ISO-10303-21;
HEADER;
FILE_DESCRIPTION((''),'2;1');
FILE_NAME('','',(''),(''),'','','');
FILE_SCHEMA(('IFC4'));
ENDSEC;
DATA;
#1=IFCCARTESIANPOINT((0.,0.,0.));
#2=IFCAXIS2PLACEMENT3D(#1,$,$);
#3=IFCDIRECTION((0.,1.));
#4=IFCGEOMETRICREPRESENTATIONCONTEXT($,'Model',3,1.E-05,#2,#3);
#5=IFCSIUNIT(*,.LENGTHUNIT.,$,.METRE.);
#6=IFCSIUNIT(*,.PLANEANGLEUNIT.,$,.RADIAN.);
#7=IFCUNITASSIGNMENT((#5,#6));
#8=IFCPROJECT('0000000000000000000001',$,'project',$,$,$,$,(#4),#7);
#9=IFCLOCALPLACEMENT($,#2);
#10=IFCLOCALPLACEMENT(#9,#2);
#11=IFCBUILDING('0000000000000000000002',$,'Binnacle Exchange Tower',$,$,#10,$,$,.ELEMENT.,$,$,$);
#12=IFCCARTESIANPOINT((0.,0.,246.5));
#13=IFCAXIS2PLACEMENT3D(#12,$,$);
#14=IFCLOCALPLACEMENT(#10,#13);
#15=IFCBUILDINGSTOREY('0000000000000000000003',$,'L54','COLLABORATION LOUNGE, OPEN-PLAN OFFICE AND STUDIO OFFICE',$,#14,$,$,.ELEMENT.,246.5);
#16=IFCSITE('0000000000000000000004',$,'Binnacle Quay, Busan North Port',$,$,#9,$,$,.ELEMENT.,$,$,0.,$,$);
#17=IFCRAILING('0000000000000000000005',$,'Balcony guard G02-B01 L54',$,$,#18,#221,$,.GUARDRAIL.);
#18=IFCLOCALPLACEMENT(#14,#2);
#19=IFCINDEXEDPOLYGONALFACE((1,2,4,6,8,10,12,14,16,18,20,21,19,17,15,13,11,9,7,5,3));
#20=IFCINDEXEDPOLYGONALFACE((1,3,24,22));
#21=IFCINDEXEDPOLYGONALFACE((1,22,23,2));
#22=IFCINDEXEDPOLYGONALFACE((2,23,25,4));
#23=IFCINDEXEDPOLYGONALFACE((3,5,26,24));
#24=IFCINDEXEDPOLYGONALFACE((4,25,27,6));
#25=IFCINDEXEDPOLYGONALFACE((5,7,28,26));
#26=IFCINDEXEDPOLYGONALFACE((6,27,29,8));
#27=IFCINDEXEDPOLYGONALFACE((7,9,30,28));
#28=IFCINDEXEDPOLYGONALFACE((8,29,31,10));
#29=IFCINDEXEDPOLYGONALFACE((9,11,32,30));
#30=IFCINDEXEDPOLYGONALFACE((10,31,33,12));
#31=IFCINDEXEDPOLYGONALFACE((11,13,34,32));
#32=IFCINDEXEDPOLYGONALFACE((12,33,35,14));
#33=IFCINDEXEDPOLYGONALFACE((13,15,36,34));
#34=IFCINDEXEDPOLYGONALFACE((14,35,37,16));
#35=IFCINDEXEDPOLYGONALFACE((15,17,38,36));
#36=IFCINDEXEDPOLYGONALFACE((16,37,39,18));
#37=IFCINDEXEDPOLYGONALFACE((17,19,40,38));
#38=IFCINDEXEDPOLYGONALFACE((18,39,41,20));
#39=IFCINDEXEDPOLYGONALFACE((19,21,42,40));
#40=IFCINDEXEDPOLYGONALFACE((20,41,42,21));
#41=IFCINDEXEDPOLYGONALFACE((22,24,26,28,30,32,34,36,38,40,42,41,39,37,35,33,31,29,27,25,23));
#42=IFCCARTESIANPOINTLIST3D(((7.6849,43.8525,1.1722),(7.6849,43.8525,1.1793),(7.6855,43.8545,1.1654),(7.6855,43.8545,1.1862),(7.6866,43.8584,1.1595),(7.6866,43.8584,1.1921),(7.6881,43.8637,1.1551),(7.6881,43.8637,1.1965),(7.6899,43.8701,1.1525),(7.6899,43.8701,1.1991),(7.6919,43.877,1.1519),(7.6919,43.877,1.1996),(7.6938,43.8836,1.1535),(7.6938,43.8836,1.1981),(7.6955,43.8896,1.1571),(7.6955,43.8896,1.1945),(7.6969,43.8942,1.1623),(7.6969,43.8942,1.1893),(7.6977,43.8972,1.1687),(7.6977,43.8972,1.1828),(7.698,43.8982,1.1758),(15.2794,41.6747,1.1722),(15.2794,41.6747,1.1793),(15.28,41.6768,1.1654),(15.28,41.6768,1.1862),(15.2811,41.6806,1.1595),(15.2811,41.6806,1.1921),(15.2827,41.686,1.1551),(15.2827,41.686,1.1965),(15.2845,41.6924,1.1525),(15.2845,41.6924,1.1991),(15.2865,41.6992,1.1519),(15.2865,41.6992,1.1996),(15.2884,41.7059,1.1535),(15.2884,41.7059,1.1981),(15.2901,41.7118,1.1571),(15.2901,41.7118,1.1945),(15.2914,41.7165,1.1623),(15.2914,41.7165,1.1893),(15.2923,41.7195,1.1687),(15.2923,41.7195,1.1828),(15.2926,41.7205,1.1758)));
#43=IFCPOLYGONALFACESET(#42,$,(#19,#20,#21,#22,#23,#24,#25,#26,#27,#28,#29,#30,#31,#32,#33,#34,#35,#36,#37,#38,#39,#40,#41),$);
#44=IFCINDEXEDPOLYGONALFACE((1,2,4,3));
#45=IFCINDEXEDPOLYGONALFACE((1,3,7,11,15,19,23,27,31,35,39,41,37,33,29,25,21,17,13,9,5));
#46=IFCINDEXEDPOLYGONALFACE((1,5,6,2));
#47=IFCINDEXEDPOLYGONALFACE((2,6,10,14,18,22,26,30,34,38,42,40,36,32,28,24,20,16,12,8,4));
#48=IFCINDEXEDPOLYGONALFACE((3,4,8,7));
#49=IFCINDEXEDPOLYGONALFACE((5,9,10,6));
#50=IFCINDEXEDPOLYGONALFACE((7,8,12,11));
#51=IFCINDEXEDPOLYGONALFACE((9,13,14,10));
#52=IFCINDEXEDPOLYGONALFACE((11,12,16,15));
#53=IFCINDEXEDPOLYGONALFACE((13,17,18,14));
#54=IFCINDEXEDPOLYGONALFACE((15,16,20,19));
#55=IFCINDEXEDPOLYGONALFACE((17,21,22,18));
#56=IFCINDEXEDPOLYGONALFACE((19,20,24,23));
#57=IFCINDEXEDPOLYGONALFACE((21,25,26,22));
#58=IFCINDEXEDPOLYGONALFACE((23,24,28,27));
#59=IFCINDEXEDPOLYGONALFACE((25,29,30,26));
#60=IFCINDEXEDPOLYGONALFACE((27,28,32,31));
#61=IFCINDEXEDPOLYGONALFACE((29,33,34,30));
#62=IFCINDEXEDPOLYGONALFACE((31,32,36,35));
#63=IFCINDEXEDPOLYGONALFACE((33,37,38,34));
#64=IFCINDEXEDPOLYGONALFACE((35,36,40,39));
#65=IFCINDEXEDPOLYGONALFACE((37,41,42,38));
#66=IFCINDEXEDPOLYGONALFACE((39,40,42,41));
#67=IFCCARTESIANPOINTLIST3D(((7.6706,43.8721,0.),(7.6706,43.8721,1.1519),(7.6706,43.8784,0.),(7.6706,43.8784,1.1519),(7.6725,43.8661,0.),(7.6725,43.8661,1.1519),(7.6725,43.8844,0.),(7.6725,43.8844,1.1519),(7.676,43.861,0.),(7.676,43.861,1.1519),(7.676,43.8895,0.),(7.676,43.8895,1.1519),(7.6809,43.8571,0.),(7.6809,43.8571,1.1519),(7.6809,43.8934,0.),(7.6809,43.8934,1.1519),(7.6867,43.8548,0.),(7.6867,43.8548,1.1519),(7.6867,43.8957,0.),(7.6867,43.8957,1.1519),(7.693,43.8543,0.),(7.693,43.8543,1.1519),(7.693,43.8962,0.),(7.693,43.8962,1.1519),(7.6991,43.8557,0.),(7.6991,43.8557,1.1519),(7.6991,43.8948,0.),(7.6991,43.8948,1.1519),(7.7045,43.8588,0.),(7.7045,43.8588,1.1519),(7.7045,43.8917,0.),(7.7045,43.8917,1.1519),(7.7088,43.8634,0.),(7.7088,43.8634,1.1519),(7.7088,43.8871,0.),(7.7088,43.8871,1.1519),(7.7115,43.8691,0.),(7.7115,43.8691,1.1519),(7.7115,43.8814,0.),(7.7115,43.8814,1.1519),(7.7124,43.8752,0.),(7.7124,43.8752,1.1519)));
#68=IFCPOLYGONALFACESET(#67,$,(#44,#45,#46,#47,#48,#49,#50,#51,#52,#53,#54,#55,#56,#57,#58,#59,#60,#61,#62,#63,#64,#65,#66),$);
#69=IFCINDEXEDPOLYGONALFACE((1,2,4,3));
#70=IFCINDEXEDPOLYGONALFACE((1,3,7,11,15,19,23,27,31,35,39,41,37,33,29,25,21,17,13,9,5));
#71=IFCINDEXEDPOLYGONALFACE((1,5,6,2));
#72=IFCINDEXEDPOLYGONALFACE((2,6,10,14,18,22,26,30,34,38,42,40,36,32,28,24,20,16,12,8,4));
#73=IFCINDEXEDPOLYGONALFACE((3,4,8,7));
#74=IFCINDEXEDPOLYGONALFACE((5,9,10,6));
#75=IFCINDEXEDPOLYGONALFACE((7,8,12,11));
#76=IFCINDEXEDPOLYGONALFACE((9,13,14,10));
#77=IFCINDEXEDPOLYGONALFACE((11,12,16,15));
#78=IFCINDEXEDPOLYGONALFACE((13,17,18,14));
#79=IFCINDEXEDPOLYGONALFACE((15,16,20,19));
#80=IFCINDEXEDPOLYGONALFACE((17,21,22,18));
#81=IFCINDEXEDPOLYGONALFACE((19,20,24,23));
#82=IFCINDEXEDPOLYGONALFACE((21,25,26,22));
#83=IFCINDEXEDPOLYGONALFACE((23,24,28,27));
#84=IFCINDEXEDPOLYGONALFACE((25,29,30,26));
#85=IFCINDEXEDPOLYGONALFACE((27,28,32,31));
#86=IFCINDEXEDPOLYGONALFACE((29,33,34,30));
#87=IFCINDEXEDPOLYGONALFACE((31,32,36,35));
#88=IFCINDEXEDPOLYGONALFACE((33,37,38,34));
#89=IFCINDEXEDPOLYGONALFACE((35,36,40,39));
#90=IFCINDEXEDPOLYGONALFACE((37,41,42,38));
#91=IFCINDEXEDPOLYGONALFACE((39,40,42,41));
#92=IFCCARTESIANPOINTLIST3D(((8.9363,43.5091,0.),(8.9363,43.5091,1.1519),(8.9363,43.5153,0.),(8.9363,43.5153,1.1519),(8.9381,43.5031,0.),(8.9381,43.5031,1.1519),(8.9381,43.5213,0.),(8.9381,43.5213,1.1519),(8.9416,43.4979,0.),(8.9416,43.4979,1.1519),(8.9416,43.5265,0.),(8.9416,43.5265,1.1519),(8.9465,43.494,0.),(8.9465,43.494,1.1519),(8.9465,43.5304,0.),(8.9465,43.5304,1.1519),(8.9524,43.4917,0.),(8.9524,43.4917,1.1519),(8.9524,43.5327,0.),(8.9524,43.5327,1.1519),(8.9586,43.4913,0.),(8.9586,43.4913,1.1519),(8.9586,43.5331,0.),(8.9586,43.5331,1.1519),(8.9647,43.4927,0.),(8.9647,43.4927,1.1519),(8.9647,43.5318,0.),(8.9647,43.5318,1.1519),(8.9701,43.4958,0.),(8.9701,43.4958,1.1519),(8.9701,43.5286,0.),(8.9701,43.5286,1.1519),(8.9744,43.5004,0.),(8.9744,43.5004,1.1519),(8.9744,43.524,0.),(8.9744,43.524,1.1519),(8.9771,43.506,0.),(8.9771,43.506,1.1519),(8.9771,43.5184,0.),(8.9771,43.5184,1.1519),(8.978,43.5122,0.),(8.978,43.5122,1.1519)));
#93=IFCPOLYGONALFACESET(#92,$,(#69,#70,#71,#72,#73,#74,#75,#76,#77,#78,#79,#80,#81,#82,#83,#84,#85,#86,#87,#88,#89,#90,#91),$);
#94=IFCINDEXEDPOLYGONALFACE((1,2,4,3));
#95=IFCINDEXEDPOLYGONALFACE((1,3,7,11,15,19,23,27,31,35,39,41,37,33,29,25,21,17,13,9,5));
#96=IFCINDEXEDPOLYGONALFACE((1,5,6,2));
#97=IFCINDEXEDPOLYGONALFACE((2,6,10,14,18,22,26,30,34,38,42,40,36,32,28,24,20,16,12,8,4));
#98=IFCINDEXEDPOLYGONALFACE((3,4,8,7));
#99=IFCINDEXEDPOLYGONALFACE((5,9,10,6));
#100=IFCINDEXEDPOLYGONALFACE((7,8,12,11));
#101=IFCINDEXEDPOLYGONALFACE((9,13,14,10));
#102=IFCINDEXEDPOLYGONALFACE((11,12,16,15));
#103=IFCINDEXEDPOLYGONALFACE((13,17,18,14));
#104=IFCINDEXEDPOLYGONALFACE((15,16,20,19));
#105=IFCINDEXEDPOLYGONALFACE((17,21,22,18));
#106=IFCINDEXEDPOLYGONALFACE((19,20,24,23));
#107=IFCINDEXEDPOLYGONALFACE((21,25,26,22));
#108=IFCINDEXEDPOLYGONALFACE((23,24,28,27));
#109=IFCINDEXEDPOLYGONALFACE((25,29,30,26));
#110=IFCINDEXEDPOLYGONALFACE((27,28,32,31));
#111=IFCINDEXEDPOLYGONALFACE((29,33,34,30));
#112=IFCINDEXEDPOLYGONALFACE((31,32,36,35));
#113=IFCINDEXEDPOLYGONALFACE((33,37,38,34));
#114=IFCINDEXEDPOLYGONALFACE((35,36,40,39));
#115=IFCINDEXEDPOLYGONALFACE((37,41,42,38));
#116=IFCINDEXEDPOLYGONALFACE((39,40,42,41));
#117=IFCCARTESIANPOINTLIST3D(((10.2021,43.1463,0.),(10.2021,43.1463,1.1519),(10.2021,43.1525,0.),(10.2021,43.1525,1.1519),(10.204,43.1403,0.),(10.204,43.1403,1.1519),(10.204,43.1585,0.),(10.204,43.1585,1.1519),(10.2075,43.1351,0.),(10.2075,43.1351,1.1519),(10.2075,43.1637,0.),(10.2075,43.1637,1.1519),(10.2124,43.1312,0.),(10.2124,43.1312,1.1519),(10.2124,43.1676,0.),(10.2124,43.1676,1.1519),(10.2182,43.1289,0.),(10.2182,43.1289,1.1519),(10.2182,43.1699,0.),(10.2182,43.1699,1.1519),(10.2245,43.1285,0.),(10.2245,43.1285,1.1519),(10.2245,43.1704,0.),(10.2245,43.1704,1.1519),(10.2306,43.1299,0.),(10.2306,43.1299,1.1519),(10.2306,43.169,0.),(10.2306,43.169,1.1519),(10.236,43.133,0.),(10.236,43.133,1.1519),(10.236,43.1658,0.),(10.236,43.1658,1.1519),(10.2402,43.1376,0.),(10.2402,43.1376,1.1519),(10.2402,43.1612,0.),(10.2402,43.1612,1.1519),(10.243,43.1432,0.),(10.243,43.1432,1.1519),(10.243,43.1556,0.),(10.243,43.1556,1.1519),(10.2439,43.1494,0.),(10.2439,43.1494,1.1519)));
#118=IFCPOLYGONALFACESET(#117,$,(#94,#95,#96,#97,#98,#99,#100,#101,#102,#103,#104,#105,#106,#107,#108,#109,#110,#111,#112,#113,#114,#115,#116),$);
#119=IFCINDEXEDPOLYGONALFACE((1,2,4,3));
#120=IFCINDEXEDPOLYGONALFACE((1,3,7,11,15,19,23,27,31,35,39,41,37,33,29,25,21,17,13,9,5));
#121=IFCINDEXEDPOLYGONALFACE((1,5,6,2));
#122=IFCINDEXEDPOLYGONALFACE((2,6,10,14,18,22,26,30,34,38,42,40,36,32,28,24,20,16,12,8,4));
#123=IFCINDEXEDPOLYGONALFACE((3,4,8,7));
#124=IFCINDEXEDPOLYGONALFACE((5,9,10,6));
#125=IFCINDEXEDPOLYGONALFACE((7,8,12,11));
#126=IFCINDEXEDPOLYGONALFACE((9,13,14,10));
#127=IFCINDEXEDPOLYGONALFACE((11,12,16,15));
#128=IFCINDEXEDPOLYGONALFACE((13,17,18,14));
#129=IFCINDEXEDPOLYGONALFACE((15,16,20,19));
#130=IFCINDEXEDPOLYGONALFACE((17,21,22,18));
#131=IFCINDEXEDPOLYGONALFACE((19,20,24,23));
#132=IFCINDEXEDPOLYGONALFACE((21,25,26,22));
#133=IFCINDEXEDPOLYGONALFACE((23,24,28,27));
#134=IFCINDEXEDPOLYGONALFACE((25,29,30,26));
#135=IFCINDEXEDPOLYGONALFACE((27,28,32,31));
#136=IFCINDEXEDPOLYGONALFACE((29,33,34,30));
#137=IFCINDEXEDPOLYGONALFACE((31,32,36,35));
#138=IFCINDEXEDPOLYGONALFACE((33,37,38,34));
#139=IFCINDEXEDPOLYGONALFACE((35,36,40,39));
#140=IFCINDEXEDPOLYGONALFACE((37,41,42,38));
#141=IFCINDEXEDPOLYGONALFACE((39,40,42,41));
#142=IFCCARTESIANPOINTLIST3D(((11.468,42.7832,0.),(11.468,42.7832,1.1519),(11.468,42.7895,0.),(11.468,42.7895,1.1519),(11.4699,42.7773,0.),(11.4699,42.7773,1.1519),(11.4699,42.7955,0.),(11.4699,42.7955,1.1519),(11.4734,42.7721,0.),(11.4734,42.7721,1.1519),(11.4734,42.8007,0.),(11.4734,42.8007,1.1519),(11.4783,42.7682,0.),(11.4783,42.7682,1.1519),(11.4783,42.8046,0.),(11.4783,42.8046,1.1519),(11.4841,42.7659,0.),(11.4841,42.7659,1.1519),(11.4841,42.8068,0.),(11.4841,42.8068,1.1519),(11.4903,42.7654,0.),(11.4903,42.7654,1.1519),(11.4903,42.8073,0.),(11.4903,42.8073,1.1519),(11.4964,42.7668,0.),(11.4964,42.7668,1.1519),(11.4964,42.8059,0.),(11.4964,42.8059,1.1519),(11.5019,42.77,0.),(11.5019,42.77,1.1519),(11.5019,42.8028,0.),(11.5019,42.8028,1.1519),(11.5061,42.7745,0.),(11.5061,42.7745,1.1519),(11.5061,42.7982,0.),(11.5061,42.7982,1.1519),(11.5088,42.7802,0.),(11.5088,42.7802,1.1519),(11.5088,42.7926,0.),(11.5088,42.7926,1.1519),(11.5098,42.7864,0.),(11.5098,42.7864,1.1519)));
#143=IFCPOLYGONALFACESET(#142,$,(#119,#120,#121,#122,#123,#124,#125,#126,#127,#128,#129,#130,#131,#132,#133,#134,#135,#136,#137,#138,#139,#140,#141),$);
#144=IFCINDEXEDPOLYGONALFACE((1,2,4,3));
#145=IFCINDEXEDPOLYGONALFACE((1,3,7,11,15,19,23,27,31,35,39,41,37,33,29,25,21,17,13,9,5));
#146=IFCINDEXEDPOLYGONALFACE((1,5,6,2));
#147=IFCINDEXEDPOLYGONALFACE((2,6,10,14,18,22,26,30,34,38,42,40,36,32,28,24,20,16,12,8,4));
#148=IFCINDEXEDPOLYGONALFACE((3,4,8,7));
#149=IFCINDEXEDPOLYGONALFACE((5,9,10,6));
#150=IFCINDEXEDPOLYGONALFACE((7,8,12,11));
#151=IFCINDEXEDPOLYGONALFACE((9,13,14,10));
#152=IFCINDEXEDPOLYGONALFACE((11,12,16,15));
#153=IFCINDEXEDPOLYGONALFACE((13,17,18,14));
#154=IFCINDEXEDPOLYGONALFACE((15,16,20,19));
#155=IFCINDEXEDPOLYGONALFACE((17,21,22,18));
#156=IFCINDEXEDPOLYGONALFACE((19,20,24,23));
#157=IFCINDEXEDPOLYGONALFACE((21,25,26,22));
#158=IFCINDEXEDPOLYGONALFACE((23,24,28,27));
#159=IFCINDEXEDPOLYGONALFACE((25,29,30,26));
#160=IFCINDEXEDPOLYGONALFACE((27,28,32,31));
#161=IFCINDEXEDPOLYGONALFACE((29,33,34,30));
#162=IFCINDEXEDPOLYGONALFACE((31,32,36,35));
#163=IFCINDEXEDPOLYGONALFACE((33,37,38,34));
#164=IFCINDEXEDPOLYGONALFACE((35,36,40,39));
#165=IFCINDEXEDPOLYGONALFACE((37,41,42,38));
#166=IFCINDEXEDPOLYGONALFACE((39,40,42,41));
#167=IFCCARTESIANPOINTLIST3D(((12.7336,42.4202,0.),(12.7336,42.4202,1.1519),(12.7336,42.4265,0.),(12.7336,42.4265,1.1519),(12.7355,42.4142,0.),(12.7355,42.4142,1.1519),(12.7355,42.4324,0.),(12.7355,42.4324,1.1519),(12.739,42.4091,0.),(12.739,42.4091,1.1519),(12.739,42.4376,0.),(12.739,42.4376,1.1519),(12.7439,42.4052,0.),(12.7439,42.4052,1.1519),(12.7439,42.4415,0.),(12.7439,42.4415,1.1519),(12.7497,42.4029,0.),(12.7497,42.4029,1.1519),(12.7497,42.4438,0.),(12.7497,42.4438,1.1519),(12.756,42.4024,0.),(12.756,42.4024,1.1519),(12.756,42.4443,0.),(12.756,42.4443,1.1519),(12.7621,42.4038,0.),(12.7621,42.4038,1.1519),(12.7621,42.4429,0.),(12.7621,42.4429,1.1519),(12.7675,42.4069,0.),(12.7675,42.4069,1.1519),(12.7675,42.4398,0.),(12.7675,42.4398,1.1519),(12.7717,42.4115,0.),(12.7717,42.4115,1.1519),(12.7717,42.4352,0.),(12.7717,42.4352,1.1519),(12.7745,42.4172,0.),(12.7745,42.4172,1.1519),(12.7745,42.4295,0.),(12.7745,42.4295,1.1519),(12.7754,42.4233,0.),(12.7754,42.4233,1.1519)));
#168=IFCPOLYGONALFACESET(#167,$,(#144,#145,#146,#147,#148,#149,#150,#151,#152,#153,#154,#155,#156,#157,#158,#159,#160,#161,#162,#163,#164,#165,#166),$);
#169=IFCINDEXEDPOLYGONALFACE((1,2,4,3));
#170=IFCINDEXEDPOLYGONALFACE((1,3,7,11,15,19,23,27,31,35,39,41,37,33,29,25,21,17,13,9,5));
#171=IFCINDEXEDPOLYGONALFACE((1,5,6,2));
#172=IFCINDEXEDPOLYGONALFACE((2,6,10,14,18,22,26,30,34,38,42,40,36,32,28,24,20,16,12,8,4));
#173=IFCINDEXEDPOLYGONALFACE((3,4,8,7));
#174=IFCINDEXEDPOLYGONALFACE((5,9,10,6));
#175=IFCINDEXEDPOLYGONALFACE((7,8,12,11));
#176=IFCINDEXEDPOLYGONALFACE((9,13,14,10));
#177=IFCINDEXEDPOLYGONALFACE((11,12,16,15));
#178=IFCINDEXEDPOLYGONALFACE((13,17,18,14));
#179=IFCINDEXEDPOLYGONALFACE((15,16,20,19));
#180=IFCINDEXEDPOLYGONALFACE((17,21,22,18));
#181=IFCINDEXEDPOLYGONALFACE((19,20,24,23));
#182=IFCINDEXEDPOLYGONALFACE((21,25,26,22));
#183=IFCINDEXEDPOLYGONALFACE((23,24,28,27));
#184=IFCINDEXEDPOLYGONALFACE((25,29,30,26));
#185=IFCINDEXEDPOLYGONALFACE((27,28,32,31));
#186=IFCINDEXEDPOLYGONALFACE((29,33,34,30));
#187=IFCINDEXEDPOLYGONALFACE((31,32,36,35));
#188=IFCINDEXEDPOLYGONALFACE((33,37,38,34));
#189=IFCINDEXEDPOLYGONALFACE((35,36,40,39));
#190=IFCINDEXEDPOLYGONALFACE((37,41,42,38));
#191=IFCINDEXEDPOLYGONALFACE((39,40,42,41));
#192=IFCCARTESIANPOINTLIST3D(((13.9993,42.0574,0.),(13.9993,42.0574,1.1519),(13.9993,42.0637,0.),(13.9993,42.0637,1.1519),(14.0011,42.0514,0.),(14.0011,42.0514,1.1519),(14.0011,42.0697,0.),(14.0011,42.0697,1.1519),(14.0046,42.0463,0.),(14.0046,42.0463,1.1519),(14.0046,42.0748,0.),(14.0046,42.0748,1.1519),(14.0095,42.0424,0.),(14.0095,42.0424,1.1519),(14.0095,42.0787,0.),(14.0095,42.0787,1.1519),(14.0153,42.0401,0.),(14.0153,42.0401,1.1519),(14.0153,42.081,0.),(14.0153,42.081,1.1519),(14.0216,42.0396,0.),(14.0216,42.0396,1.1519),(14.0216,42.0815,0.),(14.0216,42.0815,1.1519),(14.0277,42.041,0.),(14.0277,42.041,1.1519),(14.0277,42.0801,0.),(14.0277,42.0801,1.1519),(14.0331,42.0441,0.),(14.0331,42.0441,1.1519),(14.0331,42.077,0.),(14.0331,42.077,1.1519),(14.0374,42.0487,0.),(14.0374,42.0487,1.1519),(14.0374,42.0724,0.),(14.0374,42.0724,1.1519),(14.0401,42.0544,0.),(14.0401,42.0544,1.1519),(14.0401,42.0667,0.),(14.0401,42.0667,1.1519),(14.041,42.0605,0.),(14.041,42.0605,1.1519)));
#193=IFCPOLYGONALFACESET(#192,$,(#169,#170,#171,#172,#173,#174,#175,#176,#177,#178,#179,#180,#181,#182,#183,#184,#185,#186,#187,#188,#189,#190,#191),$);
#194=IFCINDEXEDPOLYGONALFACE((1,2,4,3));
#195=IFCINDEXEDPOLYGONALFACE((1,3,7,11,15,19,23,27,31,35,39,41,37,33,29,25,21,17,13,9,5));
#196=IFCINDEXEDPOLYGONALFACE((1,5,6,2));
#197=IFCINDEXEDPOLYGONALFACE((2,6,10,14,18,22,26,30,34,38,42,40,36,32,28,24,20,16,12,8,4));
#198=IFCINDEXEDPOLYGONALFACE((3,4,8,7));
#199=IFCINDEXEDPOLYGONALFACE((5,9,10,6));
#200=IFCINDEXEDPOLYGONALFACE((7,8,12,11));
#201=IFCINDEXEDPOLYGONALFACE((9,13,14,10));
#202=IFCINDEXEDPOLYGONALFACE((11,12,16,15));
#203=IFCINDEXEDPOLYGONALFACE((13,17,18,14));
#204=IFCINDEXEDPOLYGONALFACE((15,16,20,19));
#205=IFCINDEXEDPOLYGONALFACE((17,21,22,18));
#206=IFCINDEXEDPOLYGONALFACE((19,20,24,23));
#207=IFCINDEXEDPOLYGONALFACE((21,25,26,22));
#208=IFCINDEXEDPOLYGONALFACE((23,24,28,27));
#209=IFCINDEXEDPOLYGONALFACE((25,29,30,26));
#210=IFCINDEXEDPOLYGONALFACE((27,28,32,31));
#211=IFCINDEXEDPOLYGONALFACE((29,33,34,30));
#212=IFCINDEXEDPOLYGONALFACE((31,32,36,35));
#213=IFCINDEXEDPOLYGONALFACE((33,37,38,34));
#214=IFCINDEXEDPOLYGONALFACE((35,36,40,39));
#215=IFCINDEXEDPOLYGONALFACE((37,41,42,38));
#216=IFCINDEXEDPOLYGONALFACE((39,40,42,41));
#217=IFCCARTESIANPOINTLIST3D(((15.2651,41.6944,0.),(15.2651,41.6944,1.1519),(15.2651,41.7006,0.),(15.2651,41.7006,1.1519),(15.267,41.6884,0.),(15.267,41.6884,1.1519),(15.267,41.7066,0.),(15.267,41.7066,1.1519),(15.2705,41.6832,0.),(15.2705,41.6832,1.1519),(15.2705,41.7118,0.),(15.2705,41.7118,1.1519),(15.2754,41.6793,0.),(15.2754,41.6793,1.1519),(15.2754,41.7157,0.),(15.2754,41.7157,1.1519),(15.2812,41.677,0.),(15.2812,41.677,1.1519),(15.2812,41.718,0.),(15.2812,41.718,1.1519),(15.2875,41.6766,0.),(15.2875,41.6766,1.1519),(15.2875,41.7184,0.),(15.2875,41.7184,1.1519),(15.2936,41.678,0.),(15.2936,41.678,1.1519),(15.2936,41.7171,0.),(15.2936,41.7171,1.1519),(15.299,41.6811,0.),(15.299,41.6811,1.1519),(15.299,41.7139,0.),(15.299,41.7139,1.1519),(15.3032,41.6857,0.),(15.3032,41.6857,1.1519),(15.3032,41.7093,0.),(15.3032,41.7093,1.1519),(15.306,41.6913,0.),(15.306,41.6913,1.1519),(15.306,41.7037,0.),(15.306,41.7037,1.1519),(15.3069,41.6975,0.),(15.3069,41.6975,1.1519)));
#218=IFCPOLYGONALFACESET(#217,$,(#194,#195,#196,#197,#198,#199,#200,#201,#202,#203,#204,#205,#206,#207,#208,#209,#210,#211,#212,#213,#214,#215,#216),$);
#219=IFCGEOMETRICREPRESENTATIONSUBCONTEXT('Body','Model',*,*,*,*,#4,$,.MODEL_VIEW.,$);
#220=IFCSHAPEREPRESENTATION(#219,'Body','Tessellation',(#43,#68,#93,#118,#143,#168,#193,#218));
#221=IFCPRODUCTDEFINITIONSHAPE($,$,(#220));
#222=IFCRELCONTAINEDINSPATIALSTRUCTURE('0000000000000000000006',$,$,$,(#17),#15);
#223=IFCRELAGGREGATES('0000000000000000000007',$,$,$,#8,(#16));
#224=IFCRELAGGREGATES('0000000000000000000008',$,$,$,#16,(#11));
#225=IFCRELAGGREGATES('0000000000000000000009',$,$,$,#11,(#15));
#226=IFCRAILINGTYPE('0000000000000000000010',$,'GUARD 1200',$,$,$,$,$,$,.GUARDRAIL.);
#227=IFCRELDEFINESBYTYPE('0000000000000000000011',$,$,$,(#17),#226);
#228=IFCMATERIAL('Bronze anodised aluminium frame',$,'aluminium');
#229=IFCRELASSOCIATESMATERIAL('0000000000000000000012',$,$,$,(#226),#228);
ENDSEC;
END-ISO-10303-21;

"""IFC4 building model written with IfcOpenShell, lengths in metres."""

from ifc_helpers import new_model, si_unit, direction, frame, origin, origin_2d, place, context, subcontext, project, spatial, circle, extrude, material, type_object, element, save


model = new_model("IFC4")

# Units and contexts
model_context = context("Model", 3, precision=1e-05, world=origin(), true_north=direction((0.0, 1.0)))
body_context = subcontext(model_context, "Body", "Model", "MODEL_VIEW")
ifc_project = project(units=[si_unit("LENGTHUNIT", "METRE"), si_unit("PLANEANGLEUNIT", "RADIAN")], contexts=[model_context])

# Site, building, storey
site_placement = place(None, origin())
site = spatial("IfcSite", under=ifc_project, at=site_placement, Name="Binnacle Quay, Busan North Port", CompositionType="ELEMENT", RefElevation=0.0)
building_placement = place(site_placement, origin())
building = spatial("IfcBuilding", under=site, at=building_placement, Name="Binnacle Exchange Tower", CompositionType="ELEMENT")
storey_placement = place(building_placement, frame((0.0, 0.0, 246.5)))
storey = spatial("IfcBuildingStorey", under=building, at=storey_placement, Name="L54", Description="COLLABORATION LOUNGE, OPEN-PLAN OFFICE AND STUDIO OFFICE", CompositionType="ELEMENT", Elevation=246.5)

# Shared definitions
ifc_material_1 = material(Name="Bronze anodised aluminium frame", Category="aluminium")

# Railing
railing_type = type_object("IfcRailingType", Name="GUARD 1200", PredefinedType="GUARDRAIL", material=ifc_material_1)
railing_1_placement = place(storey_placement, frame((7.6914, 43.8752, 0.0)))
element("IfcRailing", 1, at=railing_1_placement, inside=storey, type_object=railing_type, Name="Balcony guard G02-B01 L54", PredefinedType="GUARDRAIL", context=body_context, shape_type="SweptSolid", body=[
    extrude(circle(Radius=0.0239, at=origin_2d()), frame((0.0, 0.0, 1.1758), z_axis=(0.96126, -0.275643, 0.0), x_axis=(0.275643, 0.96126, 0.0)), (0.0, 0.0, 1.0), 7.9006),
    extrude(circle(Radius=0.021, at=origin_2d()), origin(), (0.0, 0.0, 1.0), 1.1519),
    extrude(circle(Radius=0.021, at=origin_2d()), frame((1.2656, -0.363, 0.0)), (0.0, 0.0, 1.0), 1.1519),
    extrude(circle(Radius=0.021, at=origin_2d()), frame((2.5315, -0.7258, 0.0)), (0.0, 0.0, 1.0), 1.1519),
    extrude(circle(Radius=0.021, at=origin_2d()), frame((3.7974, -1.0889, 0.0)), (0.0, 0.0, 1.0), 1.1519),
    extrude(circle(Radius=0.021, at=origin_2d()), frame((5.063, -1.4519, 0.0)), (0.0, 0.0, 1.0), 1.1519),
    extrude(circle(Radius=0.021, at=origin_2d()), frame((6.3286, -1.8147, 0.0)), (0.0, 0.0, 1.0), 1.1519),
    extrude(circle(Radius=0.021, at=origin_2d()), frame((7.5945, -2.1777, 0.0)), (0.0, 0.0, 1.0), 1.1519),
])

save(model, "model.ifc")
